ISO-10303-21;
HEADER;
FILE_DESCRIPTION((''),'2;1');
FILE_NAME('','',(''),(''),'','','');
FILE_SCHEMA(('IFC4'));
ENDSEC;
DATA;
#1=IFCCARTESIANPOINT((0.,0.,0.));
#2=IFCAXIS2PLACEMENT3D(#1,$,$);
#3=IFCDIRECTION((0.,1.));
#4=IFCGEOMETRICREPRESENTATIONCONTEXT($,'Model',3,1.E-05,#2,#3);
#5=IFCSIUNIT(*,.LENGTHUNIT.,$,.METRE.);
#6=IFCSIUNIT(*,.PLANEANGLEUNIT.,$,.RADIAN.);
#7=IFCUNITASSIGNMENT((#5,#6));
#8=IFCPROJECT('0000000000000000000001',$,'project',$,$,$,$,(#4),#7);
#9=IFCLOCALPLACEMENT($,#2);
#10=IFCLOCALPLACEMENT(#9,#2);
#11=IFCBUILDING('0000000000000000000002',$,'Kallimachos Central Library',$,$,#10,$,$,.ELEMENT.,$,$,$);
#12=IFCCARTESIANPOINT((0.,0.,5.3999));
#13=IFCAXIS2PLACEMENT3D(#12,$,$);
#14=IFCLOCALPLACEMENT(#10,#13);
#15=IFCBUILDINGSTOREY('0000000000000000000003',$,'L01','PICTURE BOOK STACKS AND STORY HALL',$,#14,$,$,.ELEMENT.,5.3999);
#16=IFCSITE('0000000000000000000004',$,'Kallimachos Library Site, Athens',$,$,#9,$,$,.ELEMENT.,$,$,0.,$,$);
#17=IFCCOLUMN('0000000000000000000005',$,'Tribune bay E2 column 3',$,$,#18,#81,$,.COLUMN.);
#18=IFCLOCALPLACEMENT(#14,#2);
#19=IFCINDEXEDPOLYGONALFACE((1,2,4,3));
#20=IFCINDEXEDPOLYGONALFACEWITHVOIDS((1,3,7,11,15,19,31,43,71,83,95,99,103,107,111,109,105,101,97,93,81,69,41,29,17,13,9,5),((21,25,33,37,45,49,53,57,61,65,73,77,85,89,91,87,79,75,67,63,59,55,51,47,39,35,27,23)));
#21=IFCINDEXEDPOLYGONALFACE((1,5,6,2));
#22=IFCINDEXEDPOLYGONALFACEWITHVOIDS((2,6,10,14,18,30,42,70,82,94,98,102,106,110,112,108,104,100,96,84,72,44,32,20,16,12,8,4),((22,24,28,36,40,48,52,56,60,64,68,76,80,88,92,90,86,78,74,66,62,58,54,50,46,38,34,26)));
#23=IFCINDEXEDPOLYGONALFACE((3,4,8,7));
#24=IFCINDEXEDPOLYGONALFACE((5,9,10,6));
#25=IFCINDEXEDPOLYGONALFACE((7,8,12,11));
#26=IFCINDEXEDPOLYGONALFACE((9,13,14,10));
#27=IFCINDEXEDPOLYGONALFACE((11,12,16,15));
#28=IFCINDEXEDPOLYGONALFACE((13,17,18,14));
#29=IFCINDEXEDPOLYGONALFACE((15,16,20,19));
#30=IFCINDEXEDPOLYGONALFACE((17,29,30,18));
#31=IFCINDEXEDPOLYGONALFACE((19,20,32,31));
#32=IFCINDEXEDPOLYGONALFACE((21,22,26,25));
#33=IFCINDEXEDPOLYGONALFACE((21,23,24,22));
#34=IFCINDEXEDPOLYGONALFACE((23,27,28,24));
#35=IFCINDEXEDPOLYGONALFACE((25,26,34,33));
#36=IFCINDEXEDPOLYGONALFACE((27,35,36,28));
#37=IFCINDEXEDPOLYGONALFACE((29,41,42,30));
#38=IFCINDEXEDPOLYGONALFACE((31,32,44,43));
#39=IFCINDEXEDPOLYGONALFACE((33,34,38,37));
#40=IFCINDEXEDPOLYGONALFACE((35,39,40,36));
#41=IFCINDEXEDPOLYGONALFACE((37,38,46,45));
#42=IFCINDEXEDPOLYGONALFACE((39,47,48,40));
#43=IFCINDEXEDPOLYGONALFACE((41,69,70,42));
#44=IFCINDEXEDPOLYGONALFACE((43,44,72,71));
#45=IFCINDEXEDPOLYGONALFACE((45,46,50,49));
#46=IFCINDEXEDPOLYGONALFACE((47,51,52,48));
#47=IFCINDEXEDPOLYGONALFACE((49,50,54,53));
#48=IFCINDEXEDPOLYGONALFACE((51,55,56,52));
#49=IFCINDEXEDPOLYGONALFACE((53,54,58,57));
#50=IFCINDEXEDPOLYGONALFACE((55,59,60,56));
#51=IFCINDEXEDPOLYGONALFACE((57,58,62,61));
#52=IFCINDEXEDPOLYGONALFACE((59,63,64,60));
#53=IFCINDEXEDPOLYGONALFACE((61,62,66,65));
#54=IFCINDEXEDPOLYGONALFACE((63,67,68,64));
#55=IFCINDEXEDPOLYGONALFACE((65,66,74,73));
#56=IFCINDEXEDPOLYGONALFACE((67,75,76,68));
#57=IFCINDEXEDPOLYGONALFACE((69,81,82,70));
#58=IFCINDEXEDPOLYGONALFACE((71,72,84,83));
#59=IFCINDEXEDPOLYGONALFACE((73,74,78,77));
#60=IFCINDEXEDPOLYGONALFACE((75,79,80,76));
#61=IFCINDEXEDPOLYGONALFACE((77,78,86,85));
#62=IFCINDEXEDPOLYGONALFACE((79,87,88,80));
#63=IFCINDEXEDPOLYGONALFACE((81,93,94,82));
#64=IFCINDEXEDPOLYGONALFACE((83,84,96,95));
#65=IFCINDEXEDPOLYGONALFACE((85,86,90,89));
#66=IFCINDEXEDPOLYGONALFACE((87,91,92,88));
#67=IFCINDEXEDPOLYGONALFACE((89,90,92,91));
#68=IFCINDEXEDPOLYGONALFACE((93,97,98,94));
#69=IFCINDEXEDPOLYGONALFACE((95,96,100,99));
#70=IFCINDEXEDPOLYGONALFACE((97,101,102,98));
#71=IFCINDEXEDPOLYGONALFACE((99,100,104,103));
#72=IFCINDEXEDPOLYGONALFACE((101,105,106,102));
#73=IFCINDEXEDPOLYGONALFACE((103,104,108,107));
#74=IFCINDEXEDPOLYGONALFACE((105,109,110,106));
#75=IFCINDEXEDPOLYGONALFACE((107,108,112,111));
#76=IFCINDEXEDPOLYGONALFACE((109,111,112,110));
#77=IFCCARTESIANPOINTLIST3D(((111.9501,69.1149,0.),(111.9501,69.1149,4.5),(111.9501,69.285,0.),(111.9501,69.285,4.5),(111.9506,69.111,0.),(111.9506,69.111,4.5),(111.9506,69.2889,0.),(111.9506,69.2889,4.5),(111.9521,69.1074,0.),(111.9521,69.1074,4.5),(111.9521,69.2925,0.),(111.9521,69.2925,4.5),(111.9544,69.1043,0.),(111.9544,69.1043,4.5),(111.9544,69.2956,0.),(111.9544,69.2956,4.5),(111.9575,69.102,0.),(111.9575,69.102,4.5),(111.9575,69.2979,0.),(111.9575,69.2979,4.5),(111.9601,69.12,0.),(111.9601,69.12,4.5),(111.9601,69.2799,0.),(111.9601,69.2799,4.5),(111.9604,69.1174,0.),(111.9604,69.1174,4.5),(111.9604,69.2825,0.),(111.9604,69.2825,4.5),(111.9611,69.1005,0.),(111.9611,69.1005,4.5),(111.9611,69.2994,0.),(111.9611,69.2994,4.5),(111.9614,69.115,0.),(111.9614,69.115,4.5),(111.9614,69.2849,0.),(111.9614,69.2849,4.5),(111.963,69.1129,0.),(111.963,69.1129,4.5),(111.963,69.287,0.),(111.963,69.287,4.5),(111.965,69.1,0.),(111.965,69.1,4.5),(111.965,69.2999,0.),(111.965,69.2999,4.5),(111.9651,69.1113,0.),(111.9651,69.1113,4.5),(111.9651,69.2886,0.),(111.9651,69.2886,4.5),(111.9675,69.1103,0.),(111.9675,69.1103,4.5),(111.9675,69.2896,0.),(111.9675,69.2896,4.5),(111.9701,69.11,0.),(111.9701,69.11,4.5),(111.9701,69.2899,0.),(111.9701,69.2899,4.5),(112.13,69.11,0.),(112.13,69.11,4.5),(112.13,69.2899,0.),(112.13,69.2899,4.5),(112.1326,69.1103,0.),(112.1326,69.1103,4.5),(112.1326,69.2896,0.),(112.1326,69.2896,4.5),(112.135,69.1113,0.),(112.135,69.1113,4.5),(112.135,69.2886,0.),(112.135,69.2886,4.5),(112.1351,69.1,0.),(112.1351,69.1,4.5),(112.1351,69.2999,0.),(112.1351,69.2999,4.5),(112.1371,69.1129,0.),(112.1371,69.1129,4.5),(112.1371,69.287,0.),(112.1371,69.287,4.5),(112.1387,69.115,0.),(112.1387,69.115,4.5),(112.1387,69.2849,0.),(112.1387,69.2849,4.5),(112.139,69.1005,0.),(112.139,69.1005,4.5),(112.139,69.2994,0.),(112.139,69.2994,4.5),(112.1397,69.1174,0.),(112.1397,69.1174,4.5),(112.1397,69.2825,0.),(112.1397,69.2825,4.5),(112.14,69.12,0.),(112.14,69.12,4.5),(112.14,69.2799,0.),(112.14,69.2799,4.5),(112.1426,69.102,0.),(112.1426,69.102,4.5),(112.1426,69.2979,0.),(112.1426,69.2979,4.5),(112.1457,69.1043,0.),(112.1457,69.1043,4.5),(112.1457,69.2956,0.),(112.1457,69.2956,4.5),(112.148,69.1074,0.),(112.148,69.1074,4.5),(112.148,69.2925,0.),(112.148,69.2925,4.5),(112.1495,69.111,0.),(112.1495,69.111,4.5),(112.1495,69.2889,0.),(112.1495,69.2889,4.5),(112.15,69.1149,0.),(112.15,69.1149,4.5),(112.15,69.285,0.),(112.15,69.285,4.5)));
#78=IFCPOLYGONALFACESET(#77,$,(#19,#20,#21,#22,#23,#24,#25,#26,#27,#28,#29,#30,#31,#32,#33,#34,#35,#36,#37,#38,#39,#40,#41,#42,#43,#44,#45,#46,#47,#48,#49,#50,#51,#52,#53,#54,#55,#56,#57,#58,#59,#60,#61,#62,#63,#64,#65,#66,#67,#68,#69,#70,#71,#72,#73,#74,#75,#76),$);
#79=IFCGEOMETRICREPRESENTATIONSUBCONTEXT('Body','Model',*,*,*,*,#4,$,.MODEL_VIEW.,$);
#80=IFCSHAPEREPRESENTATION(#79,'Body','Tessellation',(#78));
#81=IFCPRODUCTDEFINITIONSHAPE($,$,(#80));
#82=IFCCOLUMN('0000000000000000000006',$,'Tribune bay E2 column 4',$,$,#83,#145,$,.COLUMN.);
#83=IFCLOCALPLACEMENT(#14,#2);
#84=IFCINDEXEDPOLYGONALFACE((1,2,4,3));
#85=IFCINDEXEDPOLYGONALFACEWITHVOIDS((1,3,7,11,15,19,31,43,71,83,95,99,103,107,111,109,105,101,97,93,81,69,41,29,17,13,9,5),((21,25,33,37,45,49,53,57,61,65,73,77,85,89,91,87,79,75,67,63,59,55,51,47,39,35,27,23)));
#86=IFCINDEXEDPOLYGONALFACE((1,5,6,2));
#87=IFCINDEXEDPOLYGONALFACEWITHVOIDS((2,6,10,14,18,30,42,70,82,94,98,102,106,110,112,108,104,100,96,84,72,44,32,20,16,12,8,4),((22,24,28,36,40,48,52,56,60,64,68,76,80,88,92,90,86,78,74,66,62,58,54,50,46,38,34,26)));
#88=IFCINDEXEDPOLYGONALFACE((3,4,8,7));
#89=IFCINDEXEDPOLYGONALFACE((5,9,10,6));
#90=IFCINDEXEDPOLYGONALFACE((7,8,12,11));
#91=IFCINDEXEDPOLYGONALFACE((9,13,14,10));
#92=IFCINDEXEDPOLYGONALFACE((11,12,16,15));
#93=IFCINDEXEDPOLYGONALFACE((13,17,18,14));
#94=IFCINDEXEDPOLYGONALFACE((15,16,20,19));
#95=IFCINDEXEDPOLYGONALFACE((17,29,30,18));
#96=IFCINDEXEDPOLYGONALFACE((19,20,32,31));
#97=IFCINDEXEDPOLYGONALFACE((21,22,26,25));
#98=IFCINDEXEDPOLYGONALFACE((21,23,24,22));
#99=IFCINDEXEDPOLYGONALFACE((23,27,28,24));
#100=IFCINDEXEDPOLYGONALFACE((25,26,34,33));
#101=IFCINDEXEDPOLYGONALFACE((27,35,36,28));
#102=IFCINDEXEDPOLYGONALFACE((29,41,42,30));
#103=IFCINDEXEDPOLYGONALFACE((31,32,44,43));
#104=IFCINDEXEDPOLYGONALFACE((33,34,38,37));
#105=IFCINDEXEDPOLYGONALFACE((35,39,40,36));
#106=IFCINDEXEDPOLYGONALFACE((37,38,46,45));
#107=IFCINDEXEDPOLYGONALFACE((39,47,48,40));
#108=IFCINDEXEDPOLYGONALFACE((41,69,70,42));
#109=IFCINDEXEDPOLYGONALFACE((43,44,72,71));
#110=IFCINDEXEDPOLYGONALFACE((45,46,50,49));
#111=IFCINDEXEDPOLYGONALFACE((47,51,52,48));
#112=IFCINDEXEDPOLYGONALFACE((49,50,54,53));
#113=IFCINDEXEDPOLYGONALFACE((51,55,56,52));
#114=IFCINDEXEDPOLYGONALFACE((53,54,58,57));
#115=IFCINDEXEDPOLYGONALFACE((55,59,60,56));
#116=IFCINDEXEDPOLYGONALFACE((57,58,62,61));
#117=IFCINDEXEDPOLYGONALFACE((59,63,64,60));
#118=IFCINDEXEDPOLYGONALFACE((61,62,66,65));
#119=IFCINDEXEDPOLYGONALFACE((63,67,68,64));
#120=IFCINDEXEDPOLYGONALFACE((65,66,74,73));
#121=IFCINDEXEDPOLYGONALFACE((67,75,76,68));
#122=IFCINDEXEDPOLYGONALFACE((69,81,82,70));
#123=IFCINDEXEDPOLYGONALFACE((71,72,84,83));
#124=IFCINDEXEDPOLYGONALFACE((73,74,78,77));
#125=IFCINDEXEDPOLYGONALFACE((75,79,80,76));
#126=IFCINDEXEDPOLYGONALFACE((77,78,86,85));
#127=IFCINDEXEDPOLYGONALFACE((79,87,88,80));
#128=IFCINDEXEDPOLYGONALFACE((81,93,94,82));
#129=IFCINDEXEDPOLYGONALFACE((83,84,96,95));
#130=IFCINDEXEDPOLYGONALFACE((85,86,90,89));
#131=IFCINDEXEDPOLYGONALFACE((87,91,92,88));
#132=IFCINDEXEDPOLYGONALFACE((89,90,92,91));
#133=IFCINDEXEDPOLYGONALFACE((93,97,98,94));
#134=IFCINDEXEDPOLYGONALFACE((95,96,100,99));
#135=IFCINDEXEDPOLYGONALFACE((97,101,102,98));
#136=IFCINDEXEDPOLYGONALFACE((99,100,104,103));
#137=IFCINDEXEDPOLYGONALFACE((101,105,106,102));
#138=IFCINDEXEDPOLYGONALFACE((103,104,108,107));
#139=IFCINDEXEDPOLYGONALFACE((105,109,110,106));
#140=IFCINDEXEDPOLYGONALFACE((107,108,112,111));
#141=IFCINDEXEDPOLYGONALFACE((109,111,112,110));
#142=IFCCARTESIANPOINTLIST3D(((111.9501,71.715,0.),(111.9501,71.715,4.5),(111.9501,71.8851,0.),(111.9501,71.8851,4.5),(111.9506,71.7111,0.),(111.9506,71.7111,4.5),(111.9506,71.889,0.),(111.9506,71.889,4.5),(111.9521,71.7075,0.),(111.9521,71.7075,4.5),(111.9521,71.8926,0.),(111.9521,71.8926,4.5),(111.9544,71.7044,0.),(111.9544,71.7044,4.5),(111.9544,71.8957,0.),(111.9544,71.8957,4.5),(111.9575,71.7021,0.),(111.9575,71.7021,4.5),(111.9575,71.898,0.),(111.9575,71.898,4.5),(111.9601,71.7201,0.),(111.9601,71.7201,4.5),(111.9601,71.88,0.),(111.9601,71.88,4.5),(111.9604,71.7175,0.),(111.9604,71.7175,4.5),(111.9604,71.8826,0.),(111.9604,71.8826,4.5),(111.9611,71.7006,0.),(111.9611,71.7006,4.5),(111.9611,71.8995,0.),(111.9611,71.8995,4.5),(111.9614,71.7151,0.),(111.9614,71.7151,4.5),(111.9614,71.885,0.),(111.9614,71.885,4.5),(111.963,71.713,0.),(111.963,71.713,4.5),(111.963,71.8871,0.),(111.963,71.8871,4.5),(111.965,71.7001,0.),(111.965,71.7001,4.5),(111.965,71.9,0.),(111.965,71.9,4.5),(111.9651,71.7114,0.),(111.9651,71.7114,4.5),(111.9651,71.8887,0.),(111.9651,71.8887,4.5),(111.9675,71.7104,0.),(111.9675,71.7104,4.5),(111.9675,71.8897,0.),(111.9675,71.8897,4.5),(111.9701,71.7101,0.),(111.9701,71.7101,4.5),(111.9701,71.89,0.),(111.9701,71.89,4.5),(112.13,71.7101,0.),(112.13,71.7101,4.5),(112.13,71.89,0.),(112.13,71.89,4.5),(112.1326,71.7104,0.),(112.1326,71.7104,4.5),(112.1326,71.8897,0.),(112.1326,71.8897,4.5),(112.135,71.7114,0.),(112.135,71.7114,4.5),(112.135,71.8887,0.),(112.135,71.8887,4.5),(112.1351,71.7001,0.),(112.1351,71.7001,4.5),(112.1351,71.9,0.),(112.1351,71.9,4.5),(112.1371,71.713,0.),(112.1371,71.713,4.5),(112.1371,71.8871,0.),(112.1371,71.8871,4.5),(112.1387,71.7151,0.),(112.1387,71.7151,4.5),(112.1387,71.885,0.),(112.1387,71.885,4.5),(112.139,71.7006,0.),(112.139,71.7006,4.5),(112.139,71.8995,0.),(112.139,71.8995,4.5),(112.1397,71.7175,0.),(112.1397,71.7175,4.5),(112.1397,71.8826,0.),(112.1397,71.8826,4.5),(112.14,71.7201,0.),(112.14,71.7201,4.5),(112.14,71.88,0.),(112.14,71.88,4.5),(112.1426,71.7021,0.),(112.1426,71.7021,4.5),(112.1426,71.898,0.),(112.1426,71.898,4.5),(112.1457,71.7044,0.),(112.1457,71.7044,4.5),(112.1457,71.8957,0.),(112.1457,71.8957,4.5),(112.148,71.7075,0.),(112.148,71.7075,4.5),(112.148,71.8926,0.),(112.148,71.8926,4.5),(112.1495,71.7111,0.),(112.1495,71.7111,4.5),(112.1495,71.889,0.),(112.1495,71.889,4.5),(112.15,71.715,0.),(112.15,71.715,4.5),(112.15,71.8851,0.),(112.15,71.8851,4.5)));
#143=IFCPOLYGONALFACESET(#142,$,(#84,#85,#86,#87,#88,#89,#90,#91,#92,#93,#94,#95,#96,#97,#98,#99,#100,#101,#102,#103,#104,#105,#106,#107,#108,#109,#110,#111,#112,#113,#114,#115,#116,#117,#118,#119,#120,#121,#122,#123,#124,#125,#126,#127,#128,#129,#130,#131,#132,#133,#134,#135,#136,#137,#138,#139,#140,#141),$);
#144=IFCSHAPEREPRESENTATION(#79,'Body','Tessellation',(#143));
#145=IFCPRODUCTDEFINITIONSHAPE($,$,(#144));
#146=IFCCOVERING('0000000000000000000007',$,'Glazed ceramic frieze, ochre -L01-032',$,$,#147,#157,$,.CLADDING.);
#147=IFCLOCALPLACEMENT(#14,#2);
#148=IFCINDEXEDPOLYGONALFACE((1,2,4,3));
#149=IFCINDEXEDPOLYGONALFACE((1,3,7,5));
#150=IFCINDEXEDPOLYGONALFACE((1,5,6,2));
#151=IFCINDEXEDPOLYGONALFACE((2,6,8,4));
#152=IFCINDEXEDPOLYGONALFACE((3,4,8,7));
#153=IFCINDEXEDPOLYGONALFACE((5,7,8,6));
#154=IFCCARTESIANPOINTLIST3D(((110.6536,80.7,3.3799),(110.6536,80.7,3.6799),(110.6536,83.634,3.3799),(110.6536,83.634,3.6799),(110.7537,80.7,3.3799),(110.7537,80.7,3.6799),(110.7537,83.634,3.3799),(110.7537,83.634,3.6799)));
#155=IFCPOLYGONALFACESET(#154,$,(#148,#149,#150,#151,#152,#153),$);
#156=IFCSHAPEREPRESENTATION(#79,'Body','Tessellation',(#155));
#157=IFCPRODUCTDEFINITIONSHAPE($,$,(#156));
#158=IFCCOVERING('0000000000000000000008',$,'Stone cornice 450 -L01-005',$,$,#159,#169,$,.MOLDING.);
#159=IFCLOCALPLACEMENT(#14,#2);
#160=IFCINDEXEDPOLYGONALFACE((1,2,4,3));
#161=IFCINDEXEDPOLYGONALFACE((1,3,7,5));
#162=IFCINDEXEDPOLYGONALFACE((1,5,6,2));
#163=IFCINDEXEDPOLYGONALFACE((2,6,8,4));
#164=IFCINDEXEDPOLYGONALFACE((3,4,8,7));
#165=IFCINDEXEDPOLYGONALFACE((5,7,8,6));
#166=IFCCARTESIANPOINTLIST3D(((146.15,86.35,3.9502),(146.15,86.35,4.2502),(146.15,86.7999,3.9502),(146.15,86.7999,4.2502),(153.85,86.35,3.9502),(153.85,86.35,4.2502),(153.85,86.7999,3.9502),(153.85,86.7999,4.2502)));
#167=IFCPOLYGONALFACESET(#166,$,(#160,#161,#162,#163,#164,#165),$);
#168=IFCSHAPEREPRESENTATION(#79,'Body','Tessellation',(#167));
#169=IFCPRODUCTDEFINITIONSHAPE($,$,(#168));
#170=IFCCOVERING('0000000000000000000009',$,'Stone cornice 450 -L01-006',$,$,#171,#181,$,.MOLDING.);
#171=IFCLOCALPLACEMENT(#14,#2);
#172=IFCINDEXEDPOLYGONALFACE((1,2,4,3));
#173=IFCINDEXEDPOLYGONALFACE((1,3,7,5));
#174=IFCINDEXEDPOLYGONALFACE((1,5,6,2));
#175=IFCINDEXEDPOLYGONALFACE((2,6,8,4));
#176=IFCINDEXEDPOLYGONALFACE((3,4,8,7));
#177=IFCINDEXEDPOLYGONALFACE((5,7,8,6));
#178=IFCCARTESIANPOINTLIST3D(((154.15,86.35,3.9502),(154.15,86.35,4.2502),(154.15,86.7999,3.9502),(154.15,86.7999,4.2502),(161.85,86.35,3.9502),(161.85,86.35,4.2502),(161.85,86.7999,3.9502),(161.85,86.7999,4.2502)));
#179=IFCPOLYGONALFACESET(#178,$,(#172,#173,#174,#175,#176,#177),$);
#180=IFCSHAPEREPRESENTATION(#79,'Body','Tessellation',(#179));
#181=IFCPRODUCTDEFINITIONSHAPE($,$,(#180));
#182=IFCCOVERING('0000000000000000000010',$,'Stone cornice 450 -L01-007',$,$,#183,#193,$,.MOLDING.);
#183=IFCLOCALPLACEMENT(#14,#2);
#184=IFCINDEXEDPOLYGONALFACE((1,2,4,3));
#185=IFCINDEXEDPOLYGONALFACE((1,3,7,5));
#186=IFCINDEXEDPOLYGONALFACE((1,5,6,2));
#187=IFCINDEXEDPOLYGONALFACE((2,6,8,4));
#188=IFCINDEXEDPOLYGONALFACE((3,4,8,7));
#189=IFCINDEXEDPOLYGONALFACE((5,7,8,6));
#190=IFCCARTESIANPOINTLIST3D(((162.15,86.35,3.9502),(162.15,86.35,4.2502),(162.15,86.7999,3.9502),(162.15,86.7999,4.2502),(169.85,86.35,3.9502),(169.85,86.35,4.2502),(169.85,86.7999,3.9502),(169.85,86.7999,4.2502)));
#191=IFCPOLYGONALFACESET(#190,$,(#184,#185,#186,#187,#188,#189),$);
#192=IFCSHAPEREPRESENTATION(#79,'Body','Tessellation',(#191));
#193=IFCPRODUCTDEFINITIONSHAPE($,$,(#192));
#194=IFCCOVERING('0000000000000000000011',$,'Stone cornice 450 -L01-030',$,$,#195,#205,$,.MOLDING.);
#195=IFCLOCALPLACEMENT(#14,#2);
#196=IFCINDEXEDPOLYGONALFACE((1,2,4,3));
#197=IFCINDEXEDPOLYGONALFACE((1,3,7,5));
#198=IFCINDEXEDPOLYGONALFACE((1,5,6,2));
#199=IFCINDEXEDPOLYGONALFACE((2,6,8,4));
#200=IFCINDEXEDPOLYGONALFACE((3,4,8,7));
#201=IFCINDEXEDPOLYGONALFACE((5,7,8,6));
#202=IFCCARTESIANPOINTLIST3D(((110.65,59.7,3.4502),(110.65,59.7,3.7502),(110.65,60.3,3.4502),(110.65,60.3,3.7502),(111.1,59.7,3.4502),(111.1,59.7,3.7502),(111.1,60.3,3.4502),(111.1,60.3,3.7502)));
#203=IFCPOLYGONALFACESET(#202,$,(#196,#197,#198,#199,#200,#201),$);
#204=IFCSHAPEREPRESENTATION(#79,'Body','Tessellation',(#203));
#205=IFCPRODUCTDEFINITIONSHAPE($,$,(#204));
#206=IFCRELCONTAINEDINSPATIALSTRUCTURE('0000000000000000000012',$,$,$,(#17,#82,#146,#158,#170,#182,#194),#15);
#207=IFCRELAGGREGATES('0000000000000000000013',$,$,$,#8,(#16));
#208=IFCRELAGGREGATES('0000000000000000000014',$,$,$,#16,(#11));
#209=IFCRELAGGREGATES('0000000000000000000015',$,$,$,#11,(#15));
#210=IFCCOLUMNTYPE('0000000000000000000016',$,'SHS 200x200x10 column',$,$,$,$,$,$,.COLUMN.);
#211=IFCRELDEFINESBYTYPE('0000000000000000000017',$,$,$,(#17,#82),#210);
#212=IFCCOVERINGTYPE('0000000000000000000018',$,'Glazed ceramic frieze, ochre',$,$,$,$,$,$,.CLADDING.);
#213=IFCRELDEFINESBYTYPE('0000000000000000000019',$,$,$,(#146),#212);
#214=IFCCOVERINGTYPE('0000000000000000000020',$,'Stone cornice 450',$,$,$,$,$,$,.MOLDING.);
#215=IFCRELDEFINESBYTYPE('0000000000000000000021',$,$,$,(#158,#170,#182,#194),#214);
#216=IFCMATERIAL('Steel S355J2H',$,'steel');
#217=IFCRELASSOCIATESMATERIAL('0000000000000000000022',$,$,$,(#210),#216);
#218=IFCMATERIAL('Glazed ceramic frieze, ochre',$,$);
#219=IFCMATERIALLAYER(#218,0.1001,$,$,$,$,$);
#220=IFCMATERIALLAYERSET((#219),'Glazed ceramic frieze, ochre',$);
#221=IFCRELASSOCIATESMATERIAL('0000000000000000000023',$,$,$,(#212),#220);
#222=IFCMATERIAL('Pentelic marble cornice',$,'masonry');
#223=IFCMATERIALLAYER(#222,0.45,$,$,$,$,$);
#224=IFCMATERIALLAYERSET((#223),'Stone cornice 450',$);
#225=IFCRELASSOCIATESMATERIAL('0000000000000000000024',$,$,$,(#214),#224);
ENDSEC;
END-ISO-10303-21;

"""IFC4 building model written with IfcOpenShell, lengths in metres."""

from ifc_helpers import new_model, si_unit, direction, frame, origin, origin_2d, place, context, subcontext, project, spatial, rectangle, hollow_rectangle, extrude, material, layer, layer_set, material_profile, profile_set, type_object, element, save


model = new_model("IFC4")

# Units and contexts
model_context = context("Model", 3, precision=1e-05, world=origin(), true_north=direction((0.0, 1.0)))
body_context = subcontext(model_context, "Body", "Model", "MODEL_VIEW")
ifc_project = project(units=[si_unit("LENGTHUNIT", "METRE"), si_unit("PLANEANGLEUNIT", "RADIAN")], contexts=[model_context])

# Site, building, storey
site_placement = place(None, origin())
site = spatial("IfcSite", under=ifc_project, at=site_placement, Name="Kallimachos Library Site, Athens", CompositionType="ELEMENT", RefElevation=0.0)
building_placement = place(site_placement, origin())
building = spatial("IfcBuilding", under=site, at=building_placement, Name="Kallimachos Central Library", CompositionType="ELEMENT")
storey_placement = place(building_placement, frame((0.0, 0.0, 5.3999)))
storey = spatial("IfcBuildingStorey", under=building, at=storey_placement, Name="L01", Description="PICTURE BOOK STACKS AND STORY HALL", CompositionType="ELEMENT", Elevation=5.3999)

# Columns
ifc_material_1 = material(Name="Steel S355J2H", Category="steel")
ifc_material_profile = material_profile(ifc_material_1, hollow_rectangle(XDim=0.2, YDim=0.2, WallThickness=0.01, InnerFilletRadius=0.01, OuterFilletRadius=0.0149, at=origin_2d()), Name="SHS 200x200x10")
ifc_profile_set = profile_set([ifc_material_profile], Name="Steel S355J2H")
column_type = type_object("IfcColumnType", Name="SHS 200x200x10 column", PredefinedType="COLUMN", material=ifc_profile_set)
for number, where, z_axis, x_axis, name in (
    (1, (112.05, 69.2, 0.0), (0.0, 0.0, 1.0), (1.0, 0.0, 0.0), "Tribune bay E2 column 3"),
    (2, (112.05, 71.8, 0.0), (0.0, 0.0, 1.0), (1.0, 0.0, 0.0), "Tribune bay E2 column 4"),
):
    element("IfcColumn", number, at=place(storey_placement, frame(where, z_axis=z_axis, x_axis=x_axis)), inside=storey, type_object=column_type, Name=name, PredefinedType="COLUMN", context=body_context, shape_type="SweptSolid", body=[
        extrude(hollow_rectangle(XDim=0.2, YDim=0.2, WallThickness=0.01, InnerFilletRadius=0.01, OuterFilletRadius=0.0149, at=origin_2d()), origin(), (0.0, 0.0, 1.0), 4.5),
    ])

# Coverings
ifc_material_2 = material(Name="Glazed ceramic frieze, ochre")
ifc_layer_1 = layer(ifc_material_2, 0.1001)
ifc_layer_set_1 = layer_set([ifc_layer_1], Name="Glazed ceramic frieze, ochre")
covering_type_1 = type_object("IfcCoveringType", Name="Glazed ceramic frieze, ochre", PredefinedType="CLADDING", material=ifc_layer_set_1)
covering_1_placement = place(storey_placement, frame((110.7036, 82.167, 3.3799), z_axis=(0.0, 0.0, 1.0), x_axis=(1.0, 0.0, 0.0)))
element("IfcCovering", 3, at=covering_1_placement, inside=storey, type_object=covering_type_1, Name="Glazed ceramic frieze, ochre -L01-032", PredefinedType="CLADDING", context=body_context, shape_type="SweptSolid", body=[
    extrude(rectangle(XDim=0.1001, YDim=2.9341, at=origin_2d()), origin(), (0.0, 0.0, 1.0), 0.3),
])
ifc_material_3 = material(Name="Pentelic marble cornice", Category="masonry")
ifc_layer_2 = layer(ifc_material_3, 0.45)
ifc_layer_set_2 = layer_set([ifc_layer_2], Name="Stone cornice 450")
covering_type_2 = type_object("IfcCoveringType", Name="Stone cornice 450", PredefinedType="MOLDING", material=ifc_layer_set_2)
for number, where, z_axis, x_axis, name in (
    (4, (150.0, 86.575, 3.9502), (0.0, 0.0, 1.0), (1.0, 0.0, 0.0), "Stone cornice 450 -L01-005"),
    (5, (158.0, 86.575, 3.9502), (0.0, 0.0, 1.0), (1.0, 0.0, 0.0), "Stone cornice 450 -L01-006"),
    (6, (166.0, 86.575, 3.9502), (0.0, 0.0, 1.0), (1.0, 0.0, 0.0), "Stone cornice 450 -L01-007"),
):
    element("IfcCovering", number, at=place(storey_placement, frame(where, z_axis=z_axis, x_axis=x_axis)), inside=storey, type_object=covering_type_2, Name=name, PredefinedType="MOLDING", context=body_context, shape_type="SweptSolid", body=[
        extrude(rectangle(XDim=7.7, YDim=0.45, at=origin_2d()), origin(), (0.0, 0.0, 1.0), 0.3),
    ])
for number, where, z_axis, x_axis, name in (
    (7, (110.875, 60.0, 3.4502), (0.0, 0.0, 1.0), (1.0, 0.0, 0.0), "Stone cornice 450 -L01-030"),
):
    element("IfcCovering", number, at=place(storey_placement, frame(where, z_axis=z_axis, x_axis=x_axis)), inside=storey, type_object=covering_type_2, Name=name, PredefinedType="MOLDING", context=body_context, shape_type="SweptSolid", body=[
        extrude(rectangle(XDim=0.45, YDim=0.6001, at=origin_2d()), origin(), (0.0, 0.0, 1.0), 0.3),
    ])

save(model, "model.ifc")
